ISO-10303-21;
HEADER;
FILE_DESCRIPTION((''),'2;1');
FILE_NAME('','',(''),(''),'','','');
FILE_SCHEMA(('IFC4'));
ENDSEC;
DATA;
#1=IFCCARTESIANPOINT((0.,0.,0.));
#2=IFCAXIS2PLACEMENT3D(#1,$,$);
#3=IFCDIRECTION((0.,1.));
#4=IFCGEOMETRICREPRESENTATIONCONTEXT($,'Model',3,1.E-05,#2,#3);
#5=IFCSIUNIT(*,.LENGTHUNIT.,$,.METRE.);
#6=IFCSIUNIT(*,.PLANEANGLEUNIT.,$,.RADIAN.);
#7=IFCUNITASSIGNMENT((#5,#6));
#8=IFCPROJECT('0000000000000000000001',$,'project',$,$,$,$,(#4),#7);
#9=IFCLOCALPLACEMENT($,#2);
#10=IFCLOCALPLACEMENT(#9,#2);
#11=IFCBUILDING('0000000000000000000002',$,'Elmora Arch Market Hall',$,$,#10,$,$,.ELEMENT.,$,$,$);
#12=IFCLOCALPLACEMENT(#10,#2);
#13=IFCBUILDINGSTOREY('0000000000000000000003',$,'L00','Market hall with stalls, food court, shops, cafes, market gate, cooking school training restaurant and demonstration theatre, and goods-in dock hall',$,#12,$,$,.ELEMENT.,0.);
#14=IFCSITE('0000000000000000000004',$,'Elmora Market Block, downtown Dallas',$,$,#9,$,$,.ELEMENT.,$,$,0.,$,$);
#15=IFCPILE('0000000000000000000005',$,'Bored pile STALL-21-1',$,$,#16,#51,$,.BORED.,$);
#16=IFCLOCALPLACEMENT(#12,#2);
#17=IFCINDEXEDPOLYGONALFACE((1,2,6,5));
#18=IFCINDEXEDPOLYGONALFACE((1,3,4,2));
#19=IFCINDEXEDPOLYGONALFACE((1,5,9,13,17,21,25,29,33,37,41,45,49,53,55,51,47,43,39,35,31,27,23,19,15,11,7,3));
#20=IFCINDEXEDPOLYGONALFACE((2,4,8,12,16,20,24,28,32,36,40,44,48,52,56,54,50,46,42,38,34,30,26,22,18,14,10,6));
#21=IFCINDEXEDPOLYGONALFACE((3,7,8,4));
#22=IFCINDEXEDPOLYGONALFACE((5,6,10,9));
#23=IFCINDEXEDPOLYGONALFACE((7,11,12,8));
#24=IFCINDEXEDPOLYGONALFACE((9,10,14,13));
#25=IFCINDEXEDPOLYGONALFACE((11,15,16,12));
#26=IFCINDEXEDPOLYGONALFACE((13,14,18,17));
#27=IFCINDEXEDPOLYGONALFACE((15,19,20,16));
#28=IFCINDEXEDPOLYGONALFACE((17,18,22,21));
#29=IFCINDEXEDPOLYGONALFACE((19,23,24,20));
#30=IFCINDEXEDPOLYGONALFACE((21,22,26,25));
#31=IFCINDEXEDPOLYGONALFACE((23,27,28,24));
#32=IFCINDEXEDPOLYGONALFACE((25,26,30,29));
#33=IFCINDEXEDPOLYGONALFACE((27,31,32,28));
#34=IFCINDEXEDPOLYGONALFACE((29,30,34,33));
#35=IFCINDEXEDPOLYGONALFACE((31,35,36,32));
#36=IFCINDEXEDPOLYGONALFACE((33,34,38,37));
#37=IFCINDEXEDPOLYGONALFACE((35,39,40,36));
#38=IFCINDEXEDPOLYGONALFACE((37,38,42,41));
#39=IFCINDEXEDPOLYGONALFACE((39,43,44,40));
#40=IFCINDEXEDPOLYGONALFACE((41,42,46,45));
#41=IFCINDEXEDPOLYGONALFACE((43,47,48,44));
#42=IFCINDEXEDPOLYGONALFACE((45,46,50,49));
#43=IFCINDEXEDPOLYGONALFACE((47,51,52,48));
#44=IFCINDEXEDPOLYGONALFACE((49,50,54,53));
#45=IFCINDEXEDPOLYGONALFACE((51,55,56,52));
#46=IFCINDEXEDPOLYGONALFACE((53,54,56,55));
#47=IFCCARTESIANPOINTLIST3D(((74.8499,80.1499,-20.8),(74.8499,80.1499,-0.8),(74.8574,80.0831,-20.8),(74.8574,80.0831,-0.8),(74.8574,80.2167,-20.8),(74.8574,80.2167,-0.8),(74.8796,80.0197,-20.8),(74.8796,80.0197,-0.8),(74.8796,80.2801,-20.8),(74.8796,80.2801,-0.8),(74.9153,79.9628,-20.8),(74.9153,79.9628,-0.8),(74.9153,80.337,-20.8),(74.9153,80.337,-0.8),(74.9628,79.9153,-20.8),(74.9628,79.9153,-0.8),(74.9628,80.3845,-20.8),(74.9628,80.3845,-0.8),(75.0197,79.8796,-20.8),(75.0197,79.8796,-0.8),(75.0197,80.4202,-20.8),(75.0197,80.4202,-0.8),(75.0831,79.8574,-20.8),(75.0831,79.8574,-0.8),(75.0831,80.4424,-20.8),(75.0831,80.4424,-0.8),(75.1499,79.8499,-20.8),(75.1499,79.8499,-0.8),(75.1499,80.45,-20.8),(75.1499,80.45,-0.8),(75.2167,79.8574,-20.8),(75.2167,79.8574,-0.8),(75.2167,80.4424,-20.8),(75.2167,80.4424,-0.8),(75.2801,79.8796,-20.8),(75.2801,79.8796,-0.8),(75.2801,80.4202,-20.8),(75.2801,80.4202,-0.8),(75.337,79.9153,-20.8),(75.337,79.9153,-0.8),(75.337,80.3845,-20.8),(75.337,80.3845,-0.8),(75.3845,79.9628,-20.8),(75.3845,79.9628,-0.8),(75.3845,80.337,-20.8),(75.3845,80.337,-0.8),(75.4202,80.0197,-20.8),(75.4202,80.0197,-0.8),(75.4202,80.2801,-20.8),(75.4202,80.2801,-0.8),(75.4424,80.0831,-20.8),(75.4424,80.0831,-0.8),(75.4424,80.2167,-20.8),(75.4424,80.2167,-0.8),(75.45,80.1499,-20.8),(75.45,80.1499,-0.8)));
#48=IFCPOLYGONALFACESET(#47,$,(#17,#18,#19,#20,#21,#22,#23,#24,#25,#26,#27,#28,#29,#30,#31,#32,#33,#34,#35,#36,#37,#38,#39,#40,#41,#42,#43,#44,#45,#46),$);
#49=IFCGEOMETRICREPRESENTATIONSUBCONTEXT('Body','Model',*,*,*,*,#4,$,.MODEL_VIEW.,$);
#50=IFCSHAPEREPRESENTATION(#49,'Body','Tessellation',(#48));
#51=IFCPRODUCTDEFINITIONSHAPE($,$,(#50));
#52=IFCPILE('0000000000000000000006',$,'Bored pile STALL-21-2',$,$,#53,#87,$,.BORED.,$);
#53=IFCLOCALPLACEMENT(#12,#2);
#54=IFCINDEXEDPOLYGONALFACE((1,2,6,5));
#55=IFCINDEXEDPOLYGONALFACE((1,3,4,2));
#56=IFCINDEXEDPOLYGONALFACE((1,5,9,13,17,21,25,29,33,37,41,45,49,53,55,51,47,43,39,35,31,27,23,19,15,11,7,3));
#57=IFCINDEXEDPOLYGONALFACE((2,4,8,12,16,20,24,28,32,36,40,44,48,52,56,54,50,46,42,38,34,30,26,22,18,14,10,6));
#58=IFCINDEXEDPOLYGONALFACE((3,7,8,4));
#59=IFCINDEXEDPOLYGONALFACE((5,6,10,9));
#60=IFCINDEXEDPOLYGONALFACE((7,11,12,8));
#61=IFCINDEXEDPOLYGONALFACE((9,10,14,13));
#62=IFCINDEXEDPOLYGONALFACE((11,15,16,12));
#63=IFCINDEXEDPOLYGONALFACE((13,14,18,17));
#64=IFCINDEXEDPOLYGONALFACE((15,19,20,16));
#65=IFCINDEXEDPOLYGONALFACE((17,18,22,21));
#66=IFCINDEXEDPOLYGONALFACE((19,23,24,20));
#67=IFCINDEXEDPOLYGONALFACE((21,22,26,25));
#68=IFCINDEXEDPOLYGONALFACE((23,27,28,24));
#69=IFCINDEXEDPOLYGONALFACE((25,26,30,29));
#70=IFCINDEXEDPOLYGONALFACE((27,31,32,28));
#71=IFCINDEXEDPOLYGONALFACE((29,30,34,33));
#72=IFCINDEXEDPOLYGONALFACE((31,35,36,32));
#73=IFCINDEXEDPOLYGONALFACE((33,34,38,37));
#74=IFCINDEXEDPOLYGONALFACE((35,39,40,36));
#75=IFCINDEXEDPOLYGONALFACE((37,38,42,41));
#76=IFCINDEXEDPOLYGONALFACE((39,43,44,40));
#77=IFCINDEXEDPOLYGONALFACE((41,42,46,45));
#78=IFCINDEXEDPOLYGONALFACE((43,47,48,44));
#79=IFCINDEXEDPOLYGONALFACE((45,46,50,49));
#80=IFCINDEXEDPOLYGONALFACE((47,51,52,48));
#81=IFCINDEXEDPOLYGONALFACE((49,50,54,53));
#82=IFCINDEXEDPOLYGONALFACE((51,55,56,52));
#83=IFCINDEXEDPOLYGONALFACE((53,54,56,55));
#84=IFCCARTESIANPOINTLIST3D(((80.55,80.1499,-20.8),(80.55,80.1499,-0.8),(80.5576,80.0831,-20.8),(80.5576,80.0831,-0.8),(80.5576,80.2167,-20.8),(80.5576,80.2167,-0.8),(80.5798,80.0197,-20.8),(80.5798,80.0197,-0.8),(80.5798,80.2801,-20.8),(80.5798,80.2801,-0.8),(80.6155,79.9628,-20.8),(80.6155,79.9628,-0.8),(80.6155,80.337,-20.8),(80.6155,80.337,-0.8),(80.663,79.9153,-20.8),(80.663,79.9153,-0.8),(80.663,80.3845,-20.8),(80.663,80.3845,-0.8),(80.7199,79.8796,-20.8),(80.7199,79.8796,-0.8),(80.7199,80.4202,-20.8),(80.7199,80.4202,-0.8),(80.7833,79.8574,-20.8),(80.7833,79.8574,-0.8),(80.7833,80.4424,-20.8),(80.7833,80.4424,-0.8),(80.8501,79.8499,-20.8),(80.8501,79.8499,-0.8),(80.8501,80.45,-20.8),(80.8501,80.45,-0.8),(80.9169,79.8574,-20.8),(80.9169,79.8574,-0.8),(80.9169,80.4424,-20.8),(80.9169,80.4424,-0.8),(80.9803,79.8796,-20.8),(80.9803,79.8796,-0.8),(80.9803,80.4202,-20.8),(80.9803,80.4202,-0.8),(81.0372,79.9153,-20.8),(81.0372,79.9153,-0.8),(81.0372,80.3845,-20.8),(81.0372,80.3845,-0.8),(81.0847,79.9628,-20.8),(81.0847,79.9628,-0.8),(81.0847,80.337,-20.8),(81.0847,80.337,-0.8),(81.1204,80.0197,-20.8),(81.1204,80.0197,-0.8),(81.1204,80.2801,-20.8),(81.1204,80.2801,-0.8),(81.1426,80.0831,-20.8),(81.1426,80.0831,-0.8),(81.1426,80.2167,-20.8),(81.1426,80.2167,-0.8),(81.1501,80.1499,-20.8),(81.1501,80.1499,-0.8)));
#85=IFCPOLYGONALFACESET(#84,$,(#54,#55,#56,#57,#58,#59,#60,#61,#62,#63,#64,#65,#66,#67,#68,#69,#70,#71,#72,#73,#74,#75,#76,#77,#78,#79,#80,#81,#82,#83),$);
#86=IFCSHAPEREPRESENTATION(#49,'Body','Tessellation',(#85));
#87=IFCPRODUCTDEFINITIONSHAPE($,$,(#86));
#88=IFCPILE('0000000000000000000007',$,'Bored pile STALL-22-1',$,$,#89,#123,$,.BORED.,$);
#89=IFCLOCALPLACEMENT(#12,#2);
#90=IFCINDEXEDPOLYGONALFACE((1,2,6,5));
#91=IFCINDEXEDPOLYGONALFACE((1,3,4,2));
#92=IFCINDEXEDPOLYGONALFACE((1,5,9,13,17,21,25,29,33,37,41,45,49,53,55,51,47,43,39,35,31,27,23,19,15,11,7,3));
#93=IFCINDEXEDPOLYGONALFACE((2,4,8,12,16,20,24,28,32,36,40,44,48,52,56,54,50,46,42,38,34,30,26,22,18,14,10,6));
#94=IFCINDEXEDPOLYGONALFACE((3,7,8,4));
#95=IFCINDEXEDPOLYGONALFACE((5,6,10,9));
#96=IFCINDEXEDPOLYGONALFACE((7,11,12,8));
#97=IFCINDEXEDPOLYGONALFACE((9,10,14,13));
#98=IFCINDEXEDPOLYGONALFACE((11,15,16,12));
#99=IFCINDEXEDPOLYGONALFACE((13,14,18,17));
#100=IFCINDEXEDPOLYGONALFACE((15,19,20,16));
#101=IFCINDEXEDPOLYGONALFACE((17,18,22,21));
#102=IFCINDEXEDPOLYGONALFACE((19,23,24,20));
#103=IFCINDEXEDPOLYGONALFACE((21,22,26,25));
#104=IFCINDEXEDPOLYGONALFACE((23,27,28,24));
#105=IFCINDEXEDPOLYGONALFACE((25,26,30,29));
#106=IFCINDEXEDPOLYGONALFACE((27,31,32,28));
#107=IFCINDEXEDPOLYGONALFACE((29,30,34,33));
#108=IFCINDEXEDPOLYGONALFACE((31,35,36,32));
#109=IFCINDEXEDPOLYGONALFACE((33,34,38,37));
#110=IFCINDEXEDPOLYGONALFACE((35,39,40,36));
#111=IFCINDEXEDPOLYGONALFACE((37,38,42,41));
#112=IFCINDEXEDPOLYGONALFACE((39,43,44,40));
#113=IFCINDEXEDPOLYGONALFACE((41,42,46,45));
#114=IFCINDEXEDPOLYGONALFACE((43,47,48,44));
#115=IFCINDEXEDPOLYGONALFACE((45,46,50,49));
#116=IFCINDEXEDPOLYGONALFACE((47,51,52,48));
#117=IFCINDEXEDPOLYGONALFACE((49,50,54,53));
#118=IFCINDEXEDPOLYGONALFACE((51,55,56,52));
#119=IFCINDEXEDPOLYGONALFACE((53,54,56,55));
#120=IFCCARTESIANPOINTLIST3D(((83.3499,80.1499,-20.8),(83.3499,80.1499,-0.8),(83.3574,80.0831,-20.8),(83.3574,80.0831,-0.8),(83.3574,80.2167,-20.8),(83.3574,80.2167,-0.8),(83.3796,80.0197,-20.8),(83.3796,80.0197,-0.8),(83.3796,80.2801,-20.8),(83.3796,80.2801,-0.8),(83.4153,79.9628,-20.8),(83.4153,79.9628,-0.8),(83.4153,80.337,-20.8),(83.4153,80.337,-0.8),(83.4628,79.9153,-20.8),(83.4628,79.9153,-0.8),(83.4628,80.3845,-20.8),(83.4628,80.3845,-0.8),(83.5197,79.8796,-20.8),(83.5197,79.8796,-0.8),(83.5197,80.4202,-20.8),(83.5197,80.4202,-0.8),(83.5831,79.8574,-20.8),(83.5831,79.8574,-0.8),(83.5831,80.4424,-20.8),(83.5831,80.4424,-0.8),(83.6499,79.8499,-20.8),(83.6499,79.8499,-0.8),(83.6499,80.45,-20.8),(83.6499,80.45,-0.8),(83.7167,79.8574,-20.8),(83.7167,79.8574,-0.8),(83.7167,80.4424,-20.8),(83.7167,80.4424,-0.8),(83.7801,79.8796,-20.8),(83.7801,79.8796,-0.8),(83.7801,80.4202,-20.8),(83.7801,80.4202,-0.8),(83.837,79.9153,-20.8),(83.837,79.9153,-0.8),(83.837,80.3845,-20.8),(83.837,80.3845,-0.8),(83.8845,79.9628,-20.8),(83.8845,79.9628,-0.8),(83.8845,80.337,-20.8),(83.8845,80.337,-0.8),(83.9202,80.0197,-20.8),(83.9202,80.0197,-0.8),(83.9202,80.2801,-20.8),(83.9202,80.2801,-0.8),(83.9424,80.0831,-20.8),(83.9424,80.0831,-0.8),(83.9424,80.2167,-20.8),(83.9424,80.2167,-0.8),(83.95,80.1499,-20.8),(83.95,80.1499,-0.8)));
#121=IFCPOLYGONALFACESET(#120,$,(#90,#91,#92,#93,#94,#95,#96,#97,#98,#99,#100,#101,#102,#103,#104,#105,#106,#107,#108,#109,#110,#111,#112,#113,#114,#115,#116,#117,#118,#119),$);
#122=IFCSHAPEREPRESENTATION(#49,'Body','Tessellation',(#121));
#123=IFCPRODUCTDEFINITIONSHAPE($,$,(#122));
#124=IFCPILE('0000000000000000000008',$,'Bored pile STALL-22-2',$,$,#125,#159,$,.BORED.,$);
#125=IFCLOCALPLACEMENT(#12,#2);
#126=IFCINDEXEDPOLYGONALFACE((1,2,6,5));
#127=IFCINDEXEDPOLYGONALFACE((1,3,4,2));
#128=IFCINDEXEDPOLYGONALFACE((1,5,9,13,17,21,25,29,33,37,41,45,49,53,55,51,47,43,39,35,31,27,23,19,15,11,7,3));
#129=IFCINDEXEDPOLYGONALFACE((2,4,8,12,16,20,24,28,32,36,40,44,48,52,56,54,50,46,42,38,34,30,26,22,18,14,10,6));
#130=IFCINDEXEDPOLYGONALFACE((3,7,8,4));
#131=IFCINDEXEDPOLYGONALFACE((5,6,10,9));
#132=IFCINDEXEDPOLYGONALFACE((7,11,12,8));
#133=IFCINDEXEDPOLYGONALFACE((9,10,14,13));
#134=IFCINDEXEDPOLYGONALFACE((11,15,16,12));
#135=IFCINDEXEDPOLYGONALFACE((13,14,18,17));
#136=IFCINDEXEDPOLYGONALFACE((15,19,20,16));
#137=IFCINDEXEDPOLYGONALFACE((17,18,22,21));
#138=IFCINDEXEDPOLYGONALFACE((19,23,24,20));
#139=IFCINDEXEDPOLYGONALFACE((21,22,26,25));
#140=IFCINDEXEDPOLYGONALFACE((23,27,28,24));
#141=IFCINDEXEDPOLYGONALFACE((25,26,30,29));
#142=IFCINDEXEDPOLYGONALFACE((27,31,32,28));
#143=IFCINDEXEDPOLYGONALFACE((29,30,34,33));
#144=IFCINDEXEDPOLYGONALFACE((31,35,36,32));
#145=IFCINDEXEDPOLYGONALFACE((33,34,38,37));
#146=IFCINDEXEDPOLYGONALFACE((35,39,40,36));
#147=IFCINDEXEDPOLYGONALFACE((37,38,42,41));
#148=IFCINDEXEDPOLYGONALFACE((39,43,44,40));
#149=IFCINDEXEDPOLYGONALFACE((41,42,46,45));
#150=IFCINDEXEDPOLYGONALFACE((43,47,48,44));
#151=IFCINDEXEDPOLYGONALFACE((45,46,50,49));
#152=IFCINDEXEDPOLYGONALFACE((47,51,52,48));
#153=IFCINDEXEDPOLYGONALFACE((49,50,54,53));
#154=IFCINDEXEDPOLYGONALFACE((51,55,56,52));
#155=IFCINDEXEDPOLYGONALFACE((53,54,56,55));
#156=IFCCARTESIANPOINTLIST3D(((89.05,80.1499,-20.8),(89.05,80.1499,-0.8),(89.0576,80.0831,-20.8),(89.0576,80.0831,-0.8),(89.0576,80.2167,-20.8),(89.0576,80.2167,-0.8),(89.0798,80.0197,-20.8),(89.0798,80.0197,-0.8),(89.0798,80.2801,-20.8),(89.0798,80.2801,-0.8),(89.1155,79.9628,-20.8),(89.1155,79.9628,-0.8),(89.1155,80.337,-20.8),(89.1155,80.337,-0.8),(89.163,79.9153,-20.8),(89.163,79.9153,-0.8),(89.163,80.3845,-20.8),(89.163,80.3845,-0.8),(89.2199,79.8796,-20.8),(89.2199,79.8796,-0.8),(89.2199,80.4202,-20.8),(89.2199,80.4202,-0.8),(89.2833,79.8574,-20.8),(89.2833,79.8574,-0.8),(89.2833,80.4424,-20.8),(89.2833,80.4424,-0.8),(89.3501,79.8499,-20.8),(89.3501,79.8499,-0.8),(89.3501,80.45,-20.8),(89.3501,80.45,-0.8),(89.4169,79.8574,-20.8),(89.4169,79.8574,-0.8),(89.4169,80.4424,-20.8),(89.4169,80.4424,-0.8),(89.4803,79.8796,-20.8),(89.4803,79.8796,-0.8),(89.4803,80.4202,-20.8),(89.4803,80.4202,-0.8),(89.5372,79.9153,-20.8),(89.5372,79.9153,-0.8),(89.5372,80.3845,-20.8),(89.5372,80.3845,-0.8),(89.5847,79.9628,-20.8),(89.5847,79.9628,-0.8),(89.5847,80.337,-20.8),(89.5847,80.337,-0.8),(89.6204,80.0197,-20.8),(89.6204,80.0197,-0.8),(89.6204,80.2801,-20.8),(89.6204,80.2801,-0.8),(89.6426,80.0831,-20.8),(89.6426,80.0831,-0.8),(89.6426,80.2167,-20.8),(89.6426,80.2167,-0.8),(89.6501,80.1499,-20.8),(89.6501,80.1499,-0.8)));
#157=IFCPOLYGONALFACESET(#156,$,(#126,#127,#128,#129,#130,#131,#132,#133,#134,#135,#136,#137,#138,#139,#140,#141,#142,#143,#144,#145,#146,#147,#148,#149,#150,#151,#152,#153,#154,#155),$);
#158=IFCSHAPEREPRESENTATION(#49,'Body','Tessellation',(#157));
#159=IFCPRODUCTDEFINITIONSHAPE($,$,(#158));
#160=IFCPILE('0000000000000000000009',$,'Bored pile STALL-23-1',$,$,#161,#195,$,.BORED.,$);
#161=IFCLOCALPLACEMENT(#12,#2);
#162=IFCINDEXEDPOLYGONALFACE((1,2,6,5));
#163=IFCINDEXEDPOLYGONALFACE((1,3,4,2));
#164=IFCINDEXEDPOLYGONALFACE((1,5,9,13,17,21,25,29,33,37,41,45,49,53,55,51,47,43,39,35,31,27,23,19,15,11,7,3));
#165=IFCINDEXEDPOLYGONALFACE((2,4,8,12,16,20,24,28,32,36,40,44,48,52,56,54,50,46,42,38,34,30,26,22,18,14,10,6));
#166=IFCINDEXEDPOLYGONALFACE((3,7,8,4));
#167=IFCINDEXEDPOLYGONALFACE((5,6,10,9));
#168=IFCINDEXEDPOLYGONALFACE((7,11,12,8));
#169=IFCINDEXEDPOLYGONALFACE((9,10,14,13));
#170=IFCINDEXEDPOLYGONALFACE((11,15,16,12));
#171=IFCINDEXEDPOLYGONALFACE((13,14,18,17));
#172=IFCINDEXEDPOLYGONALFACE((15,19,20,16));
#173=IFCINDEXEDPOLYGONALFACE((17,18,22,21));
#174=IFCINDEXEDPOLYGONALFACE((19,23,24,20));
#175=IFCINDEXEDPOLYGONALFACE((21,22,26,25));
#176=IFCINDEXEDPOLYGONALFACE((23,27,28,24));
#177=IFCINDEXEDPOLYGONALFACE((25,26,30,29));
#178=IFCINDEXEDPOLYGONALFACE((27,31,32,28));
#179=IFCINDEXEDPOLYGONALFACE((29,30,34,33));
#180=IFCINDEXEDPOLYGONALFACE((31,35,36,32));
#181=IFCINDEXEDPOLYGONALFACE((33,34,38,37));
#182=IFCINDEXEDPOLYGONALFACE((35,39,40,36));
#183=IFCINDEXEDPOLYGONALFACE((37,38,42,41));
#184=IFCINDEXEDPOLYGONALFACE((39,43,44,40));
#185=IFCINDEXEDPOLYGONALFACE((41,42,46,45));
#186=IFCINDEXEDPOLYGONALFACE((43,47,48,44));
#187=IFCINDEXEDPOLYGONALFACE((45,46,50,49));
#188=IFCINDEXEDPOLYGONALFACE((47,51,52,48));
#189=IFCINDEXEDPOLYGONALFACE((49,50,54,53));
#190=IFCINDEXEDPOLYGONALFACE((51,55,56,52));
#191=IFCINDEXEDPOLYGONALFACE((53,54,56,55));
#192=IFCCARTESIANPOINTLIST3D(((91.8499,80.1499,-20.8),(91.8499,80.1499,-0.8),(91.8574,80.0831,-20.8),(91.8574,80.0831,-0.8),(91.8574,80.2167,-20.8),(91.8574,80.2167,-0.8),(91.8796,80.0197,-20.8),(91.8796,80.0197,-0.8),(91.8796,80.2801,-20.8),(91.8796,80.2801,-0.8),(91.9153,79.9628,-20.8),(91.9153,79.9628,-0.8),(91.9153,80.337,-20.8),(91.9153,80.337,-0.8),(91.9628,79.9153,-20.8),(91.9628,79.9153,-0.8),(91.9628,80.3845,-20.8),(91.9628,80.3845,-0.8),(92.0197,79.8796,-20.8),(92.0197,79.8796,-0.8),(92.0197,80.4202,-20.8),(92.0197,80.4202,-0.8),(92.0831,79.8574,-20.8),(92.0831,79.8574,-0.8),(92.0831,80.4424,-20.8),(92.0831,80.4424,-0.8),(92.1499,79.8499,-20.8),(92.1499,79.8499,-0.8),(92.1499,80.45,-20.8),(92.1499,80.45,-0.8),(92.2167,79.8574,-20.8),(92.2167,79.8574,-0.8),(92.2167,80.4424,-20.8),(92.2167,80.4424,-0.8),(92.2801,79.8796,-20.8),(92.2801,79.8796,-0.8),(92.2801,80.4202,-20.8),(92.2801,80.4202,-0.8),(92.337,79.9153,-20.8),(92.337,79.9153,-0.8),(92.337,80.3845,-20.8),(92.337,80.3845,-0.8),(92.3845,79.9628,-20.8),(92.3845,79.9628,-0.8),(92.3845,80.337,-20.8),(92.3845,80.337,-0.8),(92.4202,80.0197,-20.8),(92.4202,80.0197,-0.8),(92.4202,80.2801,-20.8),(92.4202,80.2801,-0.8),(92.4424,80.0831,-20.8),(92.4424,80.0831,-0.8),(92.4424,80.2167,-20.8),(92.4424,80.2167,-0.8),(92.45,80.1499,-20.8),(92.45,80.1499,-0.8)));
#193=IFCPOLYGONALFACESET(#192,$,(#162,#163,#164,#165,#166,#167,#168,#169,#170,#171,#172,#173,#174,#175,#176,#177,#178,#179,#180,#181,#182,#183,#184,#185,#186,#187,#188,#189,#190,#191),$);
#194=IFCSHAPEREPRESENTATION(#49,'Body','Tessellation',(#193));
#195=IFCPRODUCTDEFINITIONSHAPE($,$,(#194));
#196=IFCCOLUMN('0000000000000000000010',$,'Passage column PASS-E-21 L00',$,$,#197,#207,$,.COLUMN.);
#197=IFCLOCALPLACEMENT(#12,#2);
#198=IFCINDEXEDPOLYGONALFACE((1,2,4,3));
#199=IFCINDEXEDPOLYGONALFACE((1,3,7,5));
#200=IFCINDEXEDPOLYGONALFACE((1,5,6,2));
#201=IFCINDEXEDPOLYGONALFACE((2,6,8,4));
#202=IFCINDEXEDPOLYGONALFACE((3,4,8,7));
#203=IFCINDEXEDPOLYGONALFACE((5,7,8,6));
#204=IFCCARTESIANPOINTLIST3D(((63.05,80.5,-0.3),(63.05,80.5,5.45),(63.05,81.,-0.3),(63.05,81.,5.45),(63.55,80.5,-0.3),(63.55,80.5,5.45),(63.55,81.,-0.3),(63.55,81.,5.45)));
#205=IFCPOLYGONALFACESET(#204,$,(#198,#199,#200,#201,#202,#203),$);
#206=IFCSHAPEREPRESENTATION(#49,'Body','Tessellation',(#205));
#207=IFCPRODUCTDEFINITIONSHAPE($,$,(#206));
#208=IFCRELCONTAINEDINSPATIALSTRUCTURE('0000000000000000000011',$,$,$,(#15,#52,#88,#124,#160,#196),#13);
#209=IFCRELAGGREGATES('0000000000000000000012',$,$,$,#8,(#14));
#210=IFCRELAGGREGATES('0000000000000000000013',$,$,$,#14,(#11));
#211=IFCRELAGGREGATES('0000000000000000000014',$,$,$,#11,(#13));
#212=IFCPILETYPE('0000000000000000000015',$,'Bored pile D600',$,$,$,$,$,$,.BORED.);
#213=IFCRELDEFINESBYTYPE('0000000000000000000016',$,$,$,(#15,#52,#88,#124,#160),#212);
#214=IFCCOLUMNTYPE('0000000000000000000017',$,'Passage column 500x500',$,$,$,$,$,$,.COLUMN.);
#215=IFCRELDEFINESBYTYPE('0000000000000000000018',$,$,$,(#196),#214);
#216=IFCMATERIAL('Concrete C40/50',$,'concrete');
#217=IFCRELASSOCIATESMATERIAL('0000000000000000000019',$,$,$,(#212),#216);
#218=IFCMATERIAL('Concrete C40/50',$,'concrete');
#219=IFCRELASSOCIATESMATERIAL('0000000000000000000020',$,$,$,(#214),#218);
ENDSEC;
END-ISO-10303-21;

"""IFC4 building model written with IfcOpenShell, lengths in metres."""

from ifc_helpers import new_model, si_unit, direction, frame, origin, origin_2d, place, context, subcontext, project, spatial, rectangle, circle, extrude, material, material_profile, profile_set, type_object, element, save


model = new_model("IFC4")

# Units and contexts
model_context = context("Model", 3, precision=1e-05, world=origin(), true_north=direction((0.0, 1.0)))
body_context = subcontext(model_context, "Body", "Model", "MODEL_VIEW")
ifc_project = project(units=[si_unit("LENGTHUNIT", "METRE"), si_unit("PLANEANGLEUNIT", "RADIAN")], contexts=[model_context])

# Site, building, storey
site_placement = place(None, origin())
site = spatial("IfcSite", under=ifc_project, at=site_placement, Name="Elmora Market Block, downtown Dallas", CompositionType="ELEMENT", RefElevation=0.0)
building_placement = place(site_placement, origin())
building = spatial("IfcBuilding", under=site, at=building_placement, Name="Elmora Arch Market Hall", CompositionType="ELEMENT")
storey_placement = place(building_placement, origin())
storey = spatial("IfcBuildingStorey", under=building, at=storey_placement, Name="L00", Description="Market hall with stalls, food court, shops, cafes, market gate, cooking school training restaurant and demonstration theatre, and goods-in dock hall", CompositionType="ELEMENT", Elevation=0.0)

# Piles
ifc_material_1 = material(Name="Concrete C40/50", Category="concrete")
ifc_material_profile_1 = material_profile(ifc_material_1, circle(Radius=0.3, at=origin_2d()), Name="Bored pile D600")
ifc_profile_set_1 = profile_set([ifc_material_profile_1], Name="Concrete C40/50")
pile_type = type_object("IfcPileType", Name="Bored pile D600", PredefinedType="BORED", material=ifc_profile_set_1)
for number, where, z_axis, x_axis, name in (
    (1, (75.1499, 80.1499, -0.8), (0.0, 0.0, -1.0), (1.0, 0.0, 0.0), "Bored pile STALL-21-1"),
    (2, (80.8501, 80.1499, -0.8), (0.0, 0.0, -1.0), (1.0, 0.0, 0.0), "Bored pile STALL-21-2"),
    (3, (83.6499, 80.1499, -0.8), (0.0, 0.0, -1.0), (1.0, 0.0, 0.0), "Bored pile STALL-22-1"),
    (4, (89.3501, 80.1499, -0.8), (0.0, 0.0, -1.0), (1.0, 0.0, 0.0), "Bored pile STALL-22-2"),
    (5, (92.1499, 80.1499, -0.8), (0.0, 0.0, -1.0), (1.0, 0.0, 0.0), "Bored pile STALL-23-1"),
):
    element("IfcPile", number, at=place(storey_placement, frame(where, z_axis=z_axis, x_axis=x_axis)), inside=storey, type_object=pile_type, Name=name, PredefinedType="BORED", context=body_context, shape_type="SweptSolid", body=[
        extrude(circle(Radius=0.3, at=origin_2d()), origin(), (0.0, 0.0, 1.0), 20.0),
    ])

# Column
ifc_material_2 = material(Name="Concrete C40/50", Category="concrete")
ifc_material_profile_2 = material_profile(ifc_material_2, rectangle(XDim=0.5, YDim=0.5, at=origin_2d()), Name="Passage column 500x500")
ifc_profile_set_2 = profile_set([ifc_material_profile_2], Name="Concrete C40/50")
column_type_1 = type_object("IfcColumnType", Name="Passage column 500x500", PredefinedType="COLUMN", material=ifc_profile_set_2)
column_placement = place(storey_placement, frame((63.3, 80.75, -0.3), z_axis=(0.0, 0.0, 1.0), x_axis=(1.0, 0.0, 0.0)))
element("IfcColumn", 6, at=column_placement, inside=storey, type_object=column_type_1, Name="Passage column PASS-E-21 L00", PredefinedType="COLUMN", context=body_context, shape_type="SweptSolid", body=[
    extrude(rectangle(XDim=0.5, YDim=0.5, at=origin_2d()), origin(), (0.0, 0.0, 1.0), 5.75),
])

save(model, "model.ifc")
